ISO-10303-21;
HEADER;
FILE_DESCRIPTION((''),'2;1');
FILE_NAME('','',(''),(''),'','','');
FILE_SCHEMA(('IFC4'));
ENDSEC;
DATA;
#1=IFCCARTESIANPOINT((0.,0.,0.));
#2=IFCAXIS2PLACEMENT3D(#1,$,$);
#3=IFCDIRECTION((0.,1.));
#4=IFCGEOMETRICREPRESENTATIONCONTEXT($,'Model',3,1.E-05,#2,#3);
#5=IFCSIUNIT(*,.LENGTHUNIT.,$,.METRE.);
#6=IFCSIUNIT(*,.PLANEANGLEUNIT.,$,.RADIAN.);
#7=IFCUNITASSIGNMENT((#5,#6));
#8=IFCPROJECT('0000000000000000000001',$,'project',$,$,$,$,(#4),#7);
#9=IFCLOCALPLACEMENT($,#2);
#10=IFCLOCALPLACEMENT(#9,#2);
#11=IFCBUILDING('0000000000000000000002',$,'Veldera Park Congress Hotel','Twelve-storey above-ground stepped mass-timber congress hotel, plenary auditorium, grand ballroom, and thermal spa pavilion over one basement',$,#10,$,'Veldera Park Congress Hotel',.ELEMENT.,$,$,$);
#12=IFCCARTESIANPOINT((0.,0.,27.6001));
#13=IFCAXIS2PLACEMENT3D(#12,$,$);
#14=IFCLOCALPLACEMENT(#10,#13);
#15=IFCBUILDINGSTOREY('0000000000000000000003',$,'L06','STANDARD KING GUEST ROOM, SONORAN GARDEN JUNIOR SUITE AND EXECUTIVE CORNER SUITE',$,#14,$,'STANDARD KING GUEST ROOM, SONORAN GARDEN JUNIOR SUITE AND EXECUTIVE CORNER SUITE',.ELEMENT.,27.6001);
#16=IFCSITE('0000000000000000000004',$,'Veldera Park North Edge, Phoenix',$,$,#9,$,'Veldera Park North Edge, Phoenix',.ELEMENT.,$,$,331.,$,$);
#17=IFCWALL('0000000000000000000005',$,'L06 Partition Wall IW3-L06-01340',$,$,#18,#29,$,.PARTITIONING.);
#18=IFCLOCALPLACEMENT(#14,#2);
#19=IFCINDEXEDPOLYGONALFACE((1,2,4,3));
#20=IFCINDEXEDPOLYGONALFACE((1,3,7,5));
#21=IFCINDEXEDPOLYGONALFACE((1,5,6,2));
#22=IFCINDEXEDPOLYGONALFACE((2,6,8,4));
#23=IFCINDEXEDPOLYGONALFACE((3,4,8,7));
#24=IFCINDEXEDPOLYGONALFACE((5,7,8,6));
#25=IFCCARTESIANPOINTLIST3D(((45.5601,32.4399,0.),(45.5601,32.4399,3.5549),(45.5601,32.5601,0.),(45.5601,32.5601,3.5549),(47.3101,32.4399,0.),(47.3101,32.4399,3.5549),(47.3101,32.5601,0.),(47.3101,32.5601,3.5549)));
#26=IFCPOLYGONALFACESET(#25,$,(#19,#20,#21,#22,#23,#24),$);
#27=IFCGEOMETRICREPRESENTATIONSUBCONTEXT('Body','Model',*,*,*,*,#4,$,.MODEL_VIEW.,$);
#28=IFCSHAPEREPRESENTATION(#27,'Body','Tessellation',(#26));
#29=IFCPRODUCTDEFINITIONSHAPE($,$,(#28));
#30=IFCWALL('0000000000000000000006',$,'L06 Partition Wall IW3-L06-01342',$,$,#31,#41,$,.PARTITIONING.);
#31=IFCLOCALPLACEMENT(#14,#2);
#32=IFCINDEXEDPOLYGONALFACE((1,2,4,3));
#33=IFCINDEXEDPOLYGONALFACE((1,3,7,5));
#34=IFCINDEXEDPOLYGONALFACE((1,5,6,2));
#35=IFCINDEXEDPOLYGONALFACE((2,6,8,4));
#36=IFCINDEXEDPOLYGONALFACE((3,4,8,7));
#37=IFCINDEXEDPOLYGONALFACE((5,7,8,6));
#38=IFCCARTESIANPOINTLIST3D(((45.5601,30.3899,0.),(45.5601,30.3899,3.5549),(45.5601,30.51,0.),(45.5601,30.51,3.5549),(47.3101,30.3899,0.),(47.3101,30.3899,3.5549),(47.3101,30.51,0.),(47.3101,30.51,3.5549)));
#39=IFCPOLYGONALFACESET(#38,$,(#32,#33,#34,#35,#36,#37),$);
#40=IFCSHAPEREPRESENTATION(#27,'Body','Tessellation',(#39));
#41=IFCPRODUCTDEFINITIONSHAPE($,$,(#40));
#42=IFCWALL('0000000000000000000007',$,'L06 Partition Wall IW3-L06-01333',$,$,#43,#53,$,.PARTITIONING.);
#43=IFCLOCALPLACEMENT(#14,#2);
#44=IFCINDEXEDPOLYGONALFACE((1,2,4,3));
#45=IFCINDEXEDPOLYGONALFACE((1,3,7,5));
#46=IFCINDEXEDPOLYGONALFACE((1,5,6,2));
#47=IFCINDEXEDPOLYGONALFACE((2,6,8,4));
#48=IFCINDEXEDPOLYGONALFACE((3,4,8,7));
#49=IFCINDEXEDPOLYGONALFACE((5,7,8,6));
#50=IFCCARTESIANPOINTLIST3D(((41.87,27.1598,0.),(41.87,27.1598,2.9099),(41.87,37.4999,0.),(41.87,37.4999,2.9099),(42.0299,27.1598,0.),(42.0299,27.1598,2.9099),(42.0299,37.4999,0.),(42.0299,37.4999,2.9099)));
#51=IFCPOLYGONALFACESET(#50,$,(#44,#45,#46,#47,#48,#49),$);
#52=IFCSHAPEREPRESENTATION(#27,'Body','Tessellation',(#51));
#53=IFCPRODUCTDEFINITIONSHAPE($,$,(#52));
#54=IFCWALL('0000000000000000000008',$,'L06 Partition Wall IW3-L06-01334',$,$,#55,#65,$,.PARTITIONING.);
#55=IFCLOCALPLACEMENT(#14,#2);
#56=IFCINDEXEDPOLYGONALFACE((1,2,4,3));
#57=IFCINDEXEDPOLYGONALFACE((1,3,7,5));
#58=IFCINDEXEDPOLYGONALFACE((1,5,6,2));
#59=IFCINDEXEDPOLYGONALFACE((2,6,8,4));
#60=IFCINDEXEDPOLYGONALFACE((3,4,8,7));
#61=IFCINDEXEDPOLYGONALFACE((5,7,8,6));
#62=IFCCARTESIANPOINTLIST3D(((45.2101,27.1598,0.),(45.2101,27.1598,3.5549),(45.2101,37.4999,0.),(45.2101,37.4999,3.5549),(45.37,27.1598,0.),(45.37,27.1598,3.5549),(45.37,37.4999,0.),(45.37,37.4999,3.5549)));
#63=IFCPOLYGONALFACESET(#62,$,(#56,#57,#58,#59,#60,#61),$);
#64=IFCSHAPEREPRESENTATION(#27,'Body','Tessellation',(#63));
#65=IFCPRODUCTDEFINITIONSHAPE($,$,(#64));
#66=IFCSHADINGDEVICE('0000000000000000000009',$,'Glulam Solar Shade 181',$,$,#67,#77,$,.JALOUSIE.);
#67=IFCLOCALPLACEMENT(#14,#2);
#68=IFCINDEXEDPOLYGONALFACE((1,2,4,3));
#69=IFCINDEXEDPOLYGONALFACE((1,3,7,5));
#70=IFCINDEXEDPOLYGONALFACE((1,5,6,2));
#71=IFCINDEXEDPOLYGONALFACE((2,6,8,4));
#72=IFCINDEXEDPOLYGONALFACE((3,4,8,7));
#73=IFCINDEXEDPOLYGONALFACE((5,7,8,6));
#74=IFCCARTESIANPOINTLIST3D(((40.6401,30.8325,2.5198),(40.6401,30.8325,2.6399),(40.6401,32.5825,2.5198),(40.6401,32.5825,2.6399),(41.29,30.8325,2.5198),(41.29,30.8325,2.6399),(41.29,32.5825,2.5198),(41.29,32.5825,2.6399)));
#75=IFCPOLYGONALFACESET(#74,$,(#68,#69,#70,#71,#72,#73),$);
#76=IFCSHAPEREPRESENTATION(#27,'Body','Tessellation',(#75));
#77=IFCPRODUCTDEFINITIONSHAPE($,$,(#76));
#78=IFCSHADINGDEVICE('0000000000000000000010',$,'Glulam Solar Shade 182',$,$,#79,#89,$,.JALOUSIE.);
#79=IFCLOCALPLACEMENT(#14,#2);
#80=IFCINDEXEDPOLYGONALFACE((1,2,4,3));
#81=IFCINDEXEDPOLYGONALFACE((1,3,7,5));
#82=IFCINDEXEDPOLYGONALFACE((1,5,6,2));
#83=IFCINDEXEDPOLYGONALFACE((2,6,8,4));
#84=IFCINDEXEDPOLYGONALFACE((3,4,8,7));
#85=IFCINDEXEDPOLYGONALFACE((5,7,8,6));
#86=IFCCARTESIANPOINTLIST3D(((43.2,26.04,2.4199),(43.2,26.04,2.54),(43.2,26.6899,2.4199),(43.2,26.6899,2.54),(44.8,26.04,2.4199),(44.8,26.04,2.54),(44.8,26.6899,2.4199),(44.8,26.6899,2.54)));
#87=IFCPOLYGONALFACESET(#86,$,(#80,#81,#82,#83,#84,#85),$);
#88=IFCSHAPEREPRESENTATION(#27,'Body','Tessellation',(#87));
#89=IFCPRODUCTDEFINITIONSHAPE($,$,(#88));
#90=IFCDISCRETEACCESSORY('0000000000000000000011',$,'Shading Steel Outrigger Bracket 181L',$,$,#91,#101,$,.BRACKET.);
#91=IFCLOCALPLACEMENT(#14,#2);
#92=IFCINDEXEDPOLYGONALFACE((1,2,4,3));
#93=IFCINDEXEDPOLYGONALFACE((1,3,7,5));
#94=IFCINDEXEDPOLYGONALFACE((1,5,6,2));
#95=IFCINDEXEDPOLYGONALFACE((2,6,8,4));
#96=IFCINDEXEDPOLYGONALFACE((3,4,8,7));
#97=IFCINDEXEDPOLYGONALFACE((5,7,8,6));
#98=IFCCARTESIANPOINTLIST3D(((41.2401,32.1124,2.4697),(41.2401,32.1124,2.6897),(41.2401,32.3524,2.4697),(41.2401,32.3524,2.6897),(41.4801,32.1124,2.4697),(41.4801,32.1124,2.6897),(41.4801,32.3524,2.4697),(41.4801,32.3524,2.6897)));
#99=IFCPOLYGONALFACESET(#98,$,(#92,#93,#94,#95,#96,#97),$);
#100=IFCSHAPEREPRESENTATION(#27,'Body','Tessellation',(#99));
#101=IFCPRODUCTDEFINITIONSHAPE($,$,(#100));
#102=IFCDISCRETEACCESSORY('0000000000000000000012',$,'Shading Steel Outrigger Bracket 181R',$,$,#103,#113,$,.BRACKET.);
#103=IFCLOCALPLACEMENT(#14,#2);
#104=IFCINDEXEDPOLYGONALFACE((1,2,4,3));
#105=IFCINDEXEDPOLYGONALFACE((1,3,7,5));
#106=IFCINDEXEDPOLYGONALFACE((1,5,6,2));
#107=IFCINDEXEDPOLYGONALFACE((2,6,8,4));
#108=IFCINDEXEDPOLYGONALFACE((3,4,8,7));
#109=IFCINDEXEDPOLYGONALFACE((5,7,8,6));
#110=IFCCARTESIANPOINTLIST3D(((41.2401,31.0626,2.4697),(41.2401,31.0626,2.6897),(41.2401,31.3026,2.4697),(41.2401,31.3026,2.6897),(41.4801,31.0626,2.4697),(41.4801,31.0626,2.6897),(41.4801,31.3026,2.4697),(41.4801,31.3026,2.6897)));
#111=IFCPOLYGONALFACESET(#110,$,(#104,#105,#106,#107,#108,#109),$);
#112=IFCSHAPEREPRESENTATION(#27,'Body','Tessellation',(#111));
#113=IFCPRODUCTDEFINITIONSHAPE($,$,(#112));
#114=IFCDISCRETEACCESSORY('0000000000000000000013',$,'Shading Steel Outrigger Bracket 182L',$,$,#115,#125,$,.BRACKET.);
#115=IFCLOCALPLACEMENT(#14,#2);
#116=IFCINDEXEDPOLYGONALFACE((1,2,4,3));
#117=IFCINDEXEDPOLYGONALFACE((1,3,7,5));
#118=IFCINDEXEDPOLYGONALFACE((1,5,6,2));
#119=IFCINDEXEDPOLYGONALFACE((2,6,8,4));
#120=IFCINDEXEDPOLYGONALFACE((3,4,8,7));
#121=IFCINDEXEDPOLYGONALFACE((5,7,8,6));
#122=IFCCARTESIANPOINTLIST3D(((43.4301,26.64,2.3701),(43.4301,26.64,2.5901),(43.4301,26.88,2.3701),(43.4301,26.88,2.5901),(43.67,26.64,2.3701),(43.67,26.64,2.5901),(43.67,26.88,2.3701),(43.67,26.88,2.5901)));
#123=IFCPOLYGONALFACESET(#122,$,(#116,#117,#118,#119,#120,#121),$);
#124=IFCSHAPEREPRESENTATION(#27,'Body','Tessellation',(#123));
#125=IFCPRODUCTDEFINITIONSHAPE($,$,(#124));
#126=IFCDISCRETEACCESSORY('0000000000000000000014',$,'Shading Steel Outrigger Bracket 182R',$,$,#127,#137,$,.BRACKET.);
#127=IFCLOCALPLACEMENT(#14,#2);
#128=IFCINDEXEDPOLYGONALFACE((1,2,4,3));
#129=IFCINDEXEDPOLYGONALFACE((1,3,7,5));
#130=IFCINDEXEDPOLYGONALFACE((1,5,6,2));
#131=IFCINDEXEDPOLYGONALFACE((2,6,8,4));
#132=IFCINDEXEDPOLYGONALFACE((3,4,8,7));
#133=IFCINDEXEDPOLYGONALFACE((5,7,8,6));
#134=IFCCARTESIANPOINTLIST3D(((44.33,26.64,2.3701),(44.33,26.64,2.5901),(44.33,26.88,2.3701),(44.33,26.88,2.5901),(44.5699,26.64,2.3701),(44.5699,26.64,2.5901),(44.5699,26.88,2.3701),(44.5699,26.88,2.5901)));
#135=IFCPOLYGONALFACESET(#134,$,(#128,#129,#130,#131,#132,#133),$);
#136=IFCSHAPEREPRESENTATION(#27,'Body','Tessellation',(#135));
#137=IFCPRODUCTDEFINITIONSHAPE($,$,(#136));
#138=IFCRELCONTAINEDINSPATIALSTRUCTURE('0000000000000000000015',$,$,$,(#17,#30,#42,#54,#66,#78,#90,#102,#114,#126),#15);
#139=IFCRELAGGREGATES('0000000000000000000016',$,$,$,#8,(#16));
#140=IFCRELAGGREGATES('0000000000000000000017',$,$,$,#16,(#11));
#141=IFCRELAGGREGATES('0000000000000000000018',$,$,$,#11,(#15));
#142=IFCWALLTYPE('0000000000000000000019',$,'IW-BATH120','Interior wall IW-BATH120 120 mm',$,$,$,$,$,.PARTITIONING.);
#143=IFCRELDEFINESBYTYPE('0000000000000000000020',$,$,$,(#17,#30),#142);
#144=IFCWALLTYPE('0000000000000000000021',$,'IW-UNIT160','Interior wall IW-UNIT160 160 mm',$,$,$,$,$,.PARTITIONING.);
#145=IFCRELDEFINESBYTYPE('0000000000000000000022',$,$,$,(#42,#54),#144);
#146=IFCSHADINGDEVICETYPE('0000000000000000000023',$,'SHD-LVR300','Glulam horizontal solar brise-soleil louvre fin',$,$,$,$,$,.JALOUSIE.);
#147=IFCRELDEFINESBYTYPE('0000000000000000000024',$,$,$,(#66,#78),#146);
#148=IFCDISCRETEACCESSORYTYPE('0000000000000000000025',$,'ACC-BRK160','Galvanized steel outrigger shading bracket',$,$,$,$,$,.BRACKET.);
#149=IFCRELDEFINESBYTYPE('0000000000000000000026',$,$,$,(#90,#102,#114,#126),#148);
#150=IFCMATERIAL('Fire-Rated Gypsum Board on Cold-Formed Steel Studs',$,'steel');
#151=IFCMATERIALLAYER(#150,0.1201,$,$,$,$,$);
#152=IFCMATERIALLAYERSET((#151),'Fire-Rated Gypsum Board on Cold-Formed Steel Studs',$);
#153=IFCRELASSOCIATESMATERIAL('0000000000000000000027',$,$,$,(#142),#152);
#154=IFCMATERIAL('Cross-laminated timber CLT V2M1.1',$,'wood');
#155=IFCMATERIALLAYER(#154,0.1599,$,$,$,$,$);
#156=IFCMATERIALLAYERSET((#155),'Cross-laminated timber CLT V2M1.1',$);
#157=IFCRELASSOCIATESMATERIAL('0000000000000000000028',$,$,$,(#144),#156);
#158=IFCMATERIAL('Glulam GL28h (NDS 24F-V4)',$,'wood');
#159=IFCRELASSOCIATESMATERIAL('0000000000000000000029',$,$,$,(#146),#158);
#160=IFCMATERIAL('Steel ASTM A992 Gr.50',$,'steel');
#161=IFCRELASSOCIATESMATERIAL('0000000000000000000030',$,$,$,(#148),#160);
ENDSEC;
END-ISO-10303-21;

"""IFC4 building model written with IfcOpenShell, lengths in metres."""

from ifc_helpers import new_model, si_unit, direction, frame, frame_2d, origin, origin_2d, place, context, subcontext, project, spatial, rectangle, extrude, material, layer, layer_set, type_object, element, save


model = new_model("IFC4")

# Units and contexts
model_context = context("Model", 3, precision=1e-05, world=origin(), true_north=direction((0.0, 1.0)))
body_context = subcontext(model_context, "Body", "Model", "MODEL_VIEW")
ifc_project = project(units=[si_unit("LENGTHUNIT", "METRE"), si_unit("PLANEANGLEUNIT", "RADIAN")], contexts=[model_context])

# Site, building, storey
site_placement = place(None, origin())
site = spatial("IfcSite", under=ifc_project, at=site_placement, Name="Veldera Park North Edge, Phoenix", LongName="Veldera Park North Edge, Phoenix", CompositionType="ELEMENT", RefElevation=331.0)
building_placement = place(site_placement, origin())
building = spatial("IfcBuilding", under=site, at=building_placement, Name="Veldera Park Congress Hotel", Description="Twelve-storey above-ground stepped mass-timber congress hotel, plenary auditorium, grand ballroom, and thermal spa pavilion over one basement", LongName="Veldera Park Congress Hotel", CompositionType="ELEMENT")
storey_placement = place(building_placement, frame((0.0, 0.0, 27.6001)))
storey = spatial("IfcBuildingStorey", under=building, at=storey_placement, Name="L06", Description="STANDARD KING GUEST ROOM, SONORAN GARDEN JUNIOR SUITE AND EXECUTIVE CORNER SUITE", LongName="STANDARD KING GUEST ROOM, SONORAN GARDEN JUNIOR SUITE AND EXECUTIVE CORNER SUITE", CompositionType="ELEMENT", Elevation=27.6001)

# Shared definitions
ifc_material_1 = material(Name="Glulam GL28h (NDS 24F-V4)", Category="wood")

# Shared definitions
ifc_material_2 = material(Name="Cross-laminated timber CLT V2M1.1", Category="wood")

# Shared definitions
ifc_material_3 = material(Name="Fire-Rated Gypsum Board on Cold-Formed Steel Studs", Category="steel")
ifc_layer_1 = layer(ifc_material_3, 0.1201)
ifc_layer_set_1 = layer_set([ifc_layer_1], Name="Fire-Rated Gypsum Board on Cold-Formed Steel Studs")
wall_type_1 = type_object("IfcWallType", Name="IW-BATH120", Description="Interior wall IW-BATH120 120 mm", PredefinedType="PARTITIONING", material=ifc_layer_set_1)

# Walls
for number, where, z_axis, x_axis, name in (
    (1, (45.5601, 32.5, 0.0), (0.0, 0.0, 1.0), (1.0, 0.0, 0.0), "L06 Partition Wall IW3-L06-01340"),
    (2, (45.5601, 30.45, 0.0), (0.0, 0.0, 1.0), (1.0, 0.0, 0.0), "L06 Partition Wall IW3-L06-01342"),
):
    element("IfcWall", number, at=place(storey_placement, frame(where, z_axis=z_axis, x_axis=x_axis)), inside=storey, type_object=wall_type_1, Name=name, PredefinedType="PARTITIONING", context=body_context, shape_type="SweptSolid", body=[
        extrude(rectangle(XDim=1.75, YDim=0.1201, at=frame_2d((0.875, 0.0))), origin(), (0.0, 0.0, 1.0), 3.5549),
    ])
ifc_layer_2 = layer(ifc_material_2, 0.1599)
ifc_layer_set_2 = layer_set([ifc_layer_2], Name="Cross-laminated timber CLT V2M1.1")
wall_type_2 = type_object("IfcWallType", Name="IW-UNIT160", Description="Interior wall IW-UNIT160 160 mm", PredefinedType="PARTITIONING", material=ifc_layer_set_2)
wall_1_placement = place(storey_placement, frame((41.95, 27.1599, 0.0), z_axis=(0.0, 0.0, 1.0), x_axis=(0.0, 1.0, 0.0)))
element("IfcWall", 3, at=wall_1_placement, inside=storey, type_object=wall_type_2, Name="L06 Partition Wall IW3-L06-01333", PredefinedType="PARTITIONING", context=body_context, shape_type="SweptSolid", body=[
    extrude(rectangle(XDim=10.3401, YDim=0.1599, at=frame_2d((5.1699, 0.0))), origin(), (0.0, 0.0, 1.0), 2.9099),
])
wall_2_placement = place(storey_placement, frame((45.29, 27.1599, 0.0), z_axis=(0.0, 0.0, 1.0), x_axis=(0.0, 1.0, 0.0)))
element("IfcWall", 4, at=wall_2_placement, inside=storey, type_object=wall_type_2, Name="L06 Partition Wall IW3-L06-01334", PredefinedType="PARTITIONING", context=body_context, shape_type="SweptSolid", body=[
    extrude(rectangle(XDim=10.3401, YDim=0.1599, at=frame_2d((5.1699, 0.0))), origin(), (0.0, 0.0, 1.0), 3.5549),
])

# Shading devices
shading_device_type = type_object("IfcShadingDeviceType", Name="SHD-LVR300", Description="Glulam horizontal solar brise-soleil louvre fin", PredefinedType="JALOUSIE", material=ifc_material_1)
shading_device_1_placement = place(storey_placement, frame((40.9651, 31.7075, 2.5198), z_axis=(0.0, 0.0, 1.0), x_axis=(0.0, -1.0, 0.0)))
element("IfcShadingDevice", 5, at=shading_device_1_placement, inside=storey, type_object=shading_device_type, Name="Glulam Solar Shade 181", PredefinedType="JALOUSIE", context=body_context, shape_type="SweptSolid", body=[
    extrude(rectangle(XDim=1.75, YDim=0.6499, at=origin_2d()), origin(), (0.0, 0.0, 1.0), 0.1201),
])
shading_device_2_placement = place(storey_placement, frame((44.0, 26.365, 2.4199), z_axis=(0.0, 0.0, 1.0), x_axis=(1.0, 0.0, 0.0)))
element("IfcShadingDevice", 6, at=shading_device_2_placement, inside=storey, type_object=shading_device_type, Name="Glulam Solar Shade 182", PredefinedType="JALOUSIE", context=body_context, shape_type="SweptSolid", body=[
    extrude(rectangle(XDim=1.6001, YDim=0.6499, at=origin_2d()), origin(), (0.0, 0.0, 1.0), 0.1201),
])

# Discrete accessories
ifc_material_4 = material(Name="Steel ASTM A992 Gr.50", Category="steel")
discrete_accessory_type = type_object("IfcDiscreteAccessoryType", Name="ACC-BRK160", Description="Galvanized steel outrigger shading bracket", PredefinedType="BRACKET", material=ifc_material_4)
for number, where, z_axis, x_axis, name in (
    (7, (41.3601, 32.2324, 2.4697), (0.0, 0.0, 1.0), (0.0, -1.0, 0.0), "Shading Steel Outrigger Bracket 181L"),
    (8, (41.3601, 31.1826, 2.4697), (0.0, 0.0, 1.0), (0.0, -1.0, 0.0), "Shading Steel Outrigger Bracket 181R"),
    (9, (43.55, 26.76, 2.3701), (0.0, 0.0, 1.0), (1.0, 0.0, 0.0), "Shading Steel Outrigger Bracket 182L"),
    (10, (44.45, 26.76, 2.3701), (0.0, 0.0, 1.0), (1.0, 0.0, 0.0), "Shading Steel Outrigger Bracket 182R"),
):
    element("IfcDiscreteAccessory", number, at=place(storey_placement, frame(where, z_axis=z_axis, x_axis=x_axis)), inside=storey, type_object=discrete_accessory_type, Name=name, PredefinedType="BRACKET", context=body_context, shape_type="SweptSolid", body=[
        extrude(rectangle(XDim=0.24, YDim=0.24, at=origin_2d()), origin(), (0.0, 0.0, 1.0), 0.22),
    ])

save(model, "model.ifc")
